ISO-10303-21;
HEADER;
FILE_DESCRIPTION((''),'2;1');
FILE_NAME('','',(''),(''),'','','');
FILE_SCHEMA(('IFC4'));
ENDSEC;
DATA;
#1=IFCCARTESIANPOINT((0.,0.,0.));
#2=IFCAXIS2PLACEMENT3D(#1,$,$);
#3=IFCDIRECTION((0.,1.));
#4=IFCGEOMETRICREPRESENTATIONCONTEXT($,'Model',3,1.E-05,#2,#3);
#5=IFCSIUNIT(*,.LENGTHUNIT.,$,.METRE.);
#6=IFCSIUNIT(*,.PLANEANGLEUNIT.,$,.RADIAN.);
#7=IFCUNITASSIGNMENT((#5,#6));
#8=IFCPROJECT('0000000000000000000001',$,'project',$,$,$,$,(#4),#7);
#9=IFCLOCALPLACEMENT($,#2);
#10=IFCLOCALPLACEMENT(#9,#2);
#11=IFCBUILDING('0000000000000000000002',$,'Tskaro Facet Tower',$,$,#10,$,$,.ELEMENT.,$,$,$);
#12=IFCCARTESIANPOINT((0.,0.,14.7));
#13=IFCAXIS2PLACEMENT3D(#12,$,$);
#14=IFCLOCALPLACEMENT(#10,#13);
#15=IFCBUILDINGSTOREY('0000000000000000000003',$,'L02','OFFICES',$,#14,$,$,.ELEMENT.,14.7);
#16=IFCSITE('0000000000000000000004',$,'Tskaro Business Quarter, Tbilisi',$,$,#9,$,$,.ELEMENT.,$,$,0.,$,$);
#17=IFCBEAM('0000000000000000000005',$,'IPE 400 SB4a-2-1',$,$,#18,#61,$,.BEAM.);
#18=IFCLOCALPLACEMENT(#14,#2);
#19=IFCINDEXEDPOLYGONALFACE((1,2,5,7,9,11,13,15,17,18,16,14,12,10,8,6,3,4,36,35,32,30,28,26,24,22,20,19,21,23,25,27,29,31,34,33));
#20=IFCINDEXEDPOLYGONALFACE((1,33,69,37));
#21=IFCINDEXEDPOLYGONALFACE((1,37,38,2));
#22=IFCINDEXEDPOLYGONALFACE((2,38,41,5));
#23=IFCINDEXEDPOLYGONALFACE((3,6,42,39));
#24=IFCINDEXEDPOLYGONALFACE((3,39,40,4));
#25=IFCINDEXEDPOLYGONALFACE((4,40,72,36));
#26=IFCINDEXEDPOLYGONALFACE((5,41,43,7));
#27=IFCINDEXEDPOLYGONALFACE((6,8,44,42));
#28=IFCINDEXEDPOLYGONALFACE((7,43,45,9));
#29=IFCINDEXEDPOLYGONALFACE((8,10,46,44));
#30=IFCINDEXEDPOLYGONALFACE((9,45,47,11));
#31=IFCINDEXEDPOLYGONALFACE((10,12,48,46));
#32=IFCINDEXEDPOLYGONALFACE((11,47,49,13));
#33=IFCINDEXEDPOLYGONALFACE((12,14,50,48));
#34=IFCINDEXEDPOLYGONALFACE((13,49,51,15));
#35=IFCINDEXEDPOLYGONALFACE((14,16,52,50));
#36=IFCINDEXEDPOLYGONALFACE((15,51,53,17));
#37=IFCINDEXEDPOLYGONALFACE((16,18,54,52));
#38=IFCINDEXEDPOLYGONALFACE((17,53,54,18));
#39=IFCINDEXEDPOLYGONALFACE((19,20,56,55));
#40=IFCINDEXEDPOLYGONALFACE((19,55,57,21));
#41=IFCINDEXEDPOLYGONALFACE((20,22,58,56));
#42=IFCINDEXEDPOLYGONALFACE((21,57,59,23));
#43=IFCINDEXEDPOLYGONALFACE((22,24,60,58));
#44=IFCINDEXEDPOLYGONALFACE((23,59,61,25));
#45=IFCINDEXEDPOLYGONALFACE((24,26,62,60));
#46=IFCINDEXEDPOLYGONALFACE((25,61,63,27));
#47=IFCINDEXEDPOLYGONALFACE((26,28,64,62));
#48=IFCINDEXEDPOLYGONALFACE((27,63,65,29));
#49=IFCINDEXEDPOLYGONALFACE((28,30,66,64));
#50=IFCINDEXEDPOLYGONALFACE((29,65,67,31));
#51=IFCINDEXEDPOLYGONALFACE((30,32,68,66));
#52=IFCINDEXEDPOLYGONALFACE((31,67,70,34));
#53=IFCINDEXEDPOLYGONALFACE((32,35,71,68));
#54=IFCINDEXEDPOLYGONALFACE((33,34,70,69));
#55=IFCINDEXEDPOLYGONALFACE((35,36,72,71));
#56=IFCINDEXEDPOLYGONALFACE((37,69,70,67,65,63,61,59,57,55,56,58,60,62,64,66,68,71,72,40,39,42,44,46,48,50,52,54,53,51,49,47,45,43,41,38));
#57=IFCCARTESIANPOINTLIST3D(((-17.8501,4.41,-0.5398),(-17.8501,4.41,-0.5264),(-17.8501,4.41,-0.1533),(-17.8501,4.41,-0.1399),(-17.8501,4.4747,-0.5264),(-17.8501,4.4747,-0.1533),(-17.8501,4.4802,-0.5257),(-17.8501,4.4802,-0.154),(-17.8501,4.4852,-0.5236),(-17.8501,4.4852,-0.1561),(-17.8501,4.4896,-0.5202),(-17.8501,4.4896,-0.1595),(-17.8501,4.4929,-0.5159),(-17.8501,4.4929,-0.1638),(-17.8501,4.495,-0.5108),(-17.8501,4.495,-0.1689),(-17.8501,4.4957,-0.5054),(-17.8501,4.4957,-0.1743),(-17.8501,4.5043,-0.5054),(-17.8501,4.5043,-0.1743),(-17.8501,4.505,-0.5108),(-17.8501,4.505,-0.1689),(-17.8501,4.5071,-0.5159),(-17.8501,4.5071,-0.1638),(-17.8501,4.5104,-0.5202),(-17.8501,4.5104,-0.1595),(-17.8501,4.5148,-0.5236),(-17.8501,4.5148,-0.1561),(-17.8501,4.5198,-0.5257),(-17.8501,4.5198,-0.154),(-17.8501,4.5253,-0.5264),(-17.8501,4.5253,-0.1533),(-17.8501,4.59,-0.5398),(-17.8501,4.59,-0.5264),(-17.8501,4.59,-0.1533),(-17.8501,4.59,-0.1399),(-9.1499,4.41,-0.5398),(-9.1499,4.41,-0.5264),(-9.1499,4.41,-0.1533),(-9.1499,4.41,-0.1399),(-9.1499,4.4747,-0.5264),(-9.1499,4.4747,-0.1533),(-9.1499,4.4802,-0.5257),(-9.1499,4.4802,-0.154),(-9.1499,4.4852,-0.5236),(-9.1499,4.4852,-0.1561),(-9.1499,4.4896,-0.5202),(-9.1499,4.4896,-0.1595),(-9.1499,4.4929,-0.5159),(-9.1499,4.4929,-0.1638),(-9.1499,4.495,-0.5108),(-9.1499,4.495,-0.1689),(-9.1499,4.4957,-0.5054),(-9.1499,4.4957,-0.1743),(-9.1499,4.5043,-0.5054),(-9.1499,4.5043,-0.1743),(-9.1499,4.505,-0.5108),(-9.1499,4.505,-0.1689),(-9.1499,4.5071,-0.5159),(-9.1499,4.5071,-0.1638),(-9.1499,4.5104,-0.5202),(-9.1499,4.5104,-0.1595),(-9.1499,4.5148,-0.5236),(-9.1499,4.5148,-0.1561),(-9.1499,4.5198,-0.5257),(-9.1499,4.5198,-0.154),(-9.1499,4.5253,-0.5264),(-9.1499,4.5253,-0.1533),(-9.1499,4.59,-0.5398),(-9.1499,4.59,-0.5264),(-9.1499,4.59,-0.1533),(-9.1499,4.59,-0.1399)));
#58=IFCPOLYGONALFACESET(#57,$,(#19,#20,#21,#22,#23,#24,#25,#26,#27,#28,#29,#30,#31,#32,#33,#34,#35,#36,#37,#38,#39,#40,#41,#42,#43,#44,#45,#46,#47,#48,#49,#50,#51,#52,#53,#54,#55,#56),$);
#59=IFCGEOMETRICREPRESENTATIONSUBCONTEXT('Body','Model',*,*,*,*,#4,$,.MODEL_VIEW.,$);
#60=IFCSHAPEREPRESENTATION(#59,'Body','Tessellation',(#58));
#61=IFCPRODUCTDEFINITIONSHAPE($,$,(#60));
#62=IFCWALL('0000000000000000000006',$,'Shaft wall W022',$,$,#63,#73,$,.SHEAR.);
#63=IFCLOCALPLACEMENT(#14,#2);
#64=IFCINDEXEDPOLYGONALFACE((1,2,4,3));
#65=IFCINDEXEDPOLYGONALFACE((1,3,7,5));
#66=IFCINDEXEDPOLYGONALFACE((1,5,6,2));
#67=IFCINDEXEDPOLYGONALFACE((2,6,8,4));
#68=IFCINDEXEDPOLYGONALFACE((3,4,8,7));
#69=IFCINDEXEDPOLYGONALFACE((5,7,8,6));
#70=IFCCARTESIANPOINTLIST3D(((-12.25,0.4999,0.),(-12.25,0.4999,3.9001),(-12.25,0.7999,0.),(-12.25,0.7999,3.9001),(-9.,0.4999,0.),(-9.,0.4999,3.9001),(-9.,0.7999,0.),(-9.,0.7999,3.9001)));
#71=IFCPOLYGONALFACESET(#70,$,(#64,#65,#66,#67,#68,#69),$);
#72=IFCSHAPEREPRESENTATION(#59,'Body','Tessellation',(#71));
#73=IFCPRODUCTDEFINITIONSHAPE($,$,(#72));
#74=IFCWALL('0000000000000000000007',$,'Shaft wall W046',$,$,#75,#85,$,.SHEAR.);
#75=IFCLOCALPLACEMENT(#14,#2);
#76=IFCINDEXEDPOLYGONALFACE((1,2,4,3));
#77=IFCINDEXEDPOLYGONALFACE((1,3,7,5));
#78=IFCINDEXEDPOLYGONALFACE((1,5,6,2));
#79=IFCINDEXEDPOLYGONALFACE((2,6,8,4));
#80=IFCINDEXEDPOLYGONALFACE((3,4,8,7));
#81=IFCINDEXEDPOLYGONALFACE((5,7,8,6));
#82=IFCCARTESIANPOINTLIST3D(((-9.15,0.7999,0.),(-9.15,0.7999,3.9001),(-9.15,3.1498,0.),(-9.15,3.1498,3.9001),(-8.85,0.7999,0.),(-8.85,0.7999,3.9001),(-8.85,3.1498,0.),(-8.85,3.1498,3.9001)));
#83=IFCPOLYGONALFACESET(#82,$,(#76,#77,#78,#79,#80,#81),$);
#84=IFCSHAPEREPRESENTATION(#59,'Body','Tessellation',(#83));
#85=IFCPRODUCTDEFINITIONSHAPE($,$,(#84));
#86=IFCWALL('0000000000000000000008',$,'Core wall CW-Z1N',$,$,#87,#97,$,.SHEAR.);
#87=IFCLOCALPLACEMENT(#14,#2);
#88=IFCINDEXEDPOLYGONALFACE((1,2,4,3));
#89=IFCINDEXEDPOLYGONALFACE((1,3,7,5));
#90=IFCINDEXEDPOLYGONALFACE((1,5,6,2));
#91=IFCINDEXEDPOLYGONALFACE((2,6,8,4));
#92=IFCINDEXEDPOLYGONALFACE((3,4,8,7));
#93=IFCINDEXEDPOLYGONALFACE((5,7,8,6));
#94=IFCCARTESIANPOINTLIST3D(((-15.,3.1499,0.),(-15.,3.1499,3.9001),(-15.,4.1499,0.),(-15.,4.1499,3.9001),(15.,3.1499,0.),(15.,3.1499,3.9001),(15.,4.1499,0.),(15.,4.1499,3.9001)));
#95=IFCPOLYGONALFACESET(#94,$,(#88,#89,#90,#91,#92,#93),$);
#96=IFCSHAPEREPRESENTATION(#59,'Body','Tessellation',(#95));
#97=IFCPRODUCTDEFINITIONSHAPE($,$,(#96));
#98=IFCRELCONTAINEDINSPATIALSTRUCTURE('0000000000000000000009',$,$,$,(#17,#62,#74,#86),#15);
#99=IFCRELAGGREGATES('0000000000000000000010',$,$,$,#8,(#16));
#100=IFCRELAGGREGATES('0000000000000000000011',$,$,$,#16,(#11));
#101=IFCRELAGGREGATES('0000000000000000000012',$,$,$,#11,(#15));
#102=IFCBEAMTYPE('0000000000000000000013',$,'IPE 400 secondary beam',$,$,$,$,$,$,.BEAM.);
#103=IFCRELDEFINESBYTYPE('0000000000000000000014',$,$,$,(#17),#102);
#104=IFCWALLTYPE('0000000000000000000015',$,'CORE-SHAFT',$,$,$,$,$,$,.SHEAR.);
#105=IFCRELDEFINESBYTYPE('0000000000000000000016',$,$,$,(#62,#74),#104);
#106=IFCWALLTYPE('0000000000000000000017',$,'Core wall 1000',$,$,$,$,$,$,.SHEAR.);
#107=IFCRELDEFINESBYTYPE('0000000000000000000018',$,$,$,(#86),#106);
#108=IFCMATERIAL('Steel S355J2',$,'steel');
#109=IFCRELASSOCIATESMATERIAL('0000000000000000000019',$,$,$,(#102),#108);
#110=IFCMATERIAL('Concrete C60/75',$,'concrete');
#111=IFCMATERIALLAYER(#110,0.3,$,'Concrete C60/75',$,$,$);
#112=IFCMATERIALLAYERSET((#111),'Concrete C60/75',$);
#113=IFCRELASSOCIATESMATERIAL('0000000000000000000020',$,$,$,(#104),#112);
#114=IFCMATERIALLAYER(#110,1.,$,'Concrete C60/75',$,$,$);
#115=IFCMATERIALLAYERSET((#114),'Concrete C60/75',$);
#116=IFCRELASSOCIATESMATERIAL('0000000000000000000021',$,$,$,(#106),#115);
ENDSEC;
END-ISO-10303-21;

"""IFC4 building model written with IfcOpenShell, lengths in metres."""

from ifc_helpers import new_model, si_unit, direction, frame, frame_2d, origin, origin_2d, place, context, subcontext, project, spatial, rectangle, i_section, extrude, material, layer, layer_set, material_profile, profile_set, type_object, element, save


model = new_model("IFC4")

# Units and contexts
model_context = context("Model", 3, precision=1e-05, world=origin(), true_north=direction((0.0, 1.0)))
body_context = subcontext(model_context, "Body", "Model", "MODEL_VIEW")
ifc_project = project(units=[si_unit("LENGTHUNIT", "METRE"), si_unit("PLANEANGLEUNIT", "RADIAN")], contexts=[model_context])

# Site, building, storey
site_placement = place(None, origin())
site = spatial("IfcSite", under=ifc_project, at=site_placement, Name="Tskaro Business Quarter, Tbilisi", CompositionType="ELEMENT", RefElevation=0.0)
building_placement = place(site_placement, origin())
building = spatial("IfcBuilding", under=site, at=building_placement, Name="Tskaro Facet Tower", CompositionType="ELEMENT")
storey_placement = place(building_placement, frame((0.0, 0.0, 14.7)))
storey = spatial("IfcBuildingStorey", under=building, at=storey_placement, Name="L02", Description="OFFICES", CompositionType="ELEMENT", Elevation=14.7)

# Beam
ifc_material_1 = material(Name="Steel S355J2", Category="steel")
ifc_material_profile_1 = material_profile(ifc_material_1, i_section(OverallWidth=0.1799, OverallDepth=0.3999, WebThickness=0.0085, FlangeThickness=0.0134, FilletRadius=0.021, at=origin_2d()), Name="IPE 400")
ifc_profile_set_1 = profile_set([ifc_material_profile_1], Name="Steel S355J2")
beam_type_1 = type_object("IfcBeamType", Name="IPE 400 secondary beam", PredefinedType="BEAM", material=ifc_profile_set_1)
beam_1_placement = place(storey_placement, frame((-17.8501, 4.5, -0.3398), z_axis=(1.0, 0.0, 0.0), x_axis=(0.0, 1.0, 0.0)))
element("IfcBeam", 1, at=beam_1_placement, inside=storey, type_object=beam_type_1, Name="IPE 400 SB4a-2-1", PredefinedType="BEAM", context=body_context, shape_type="SweptSolid", body=[
    extrude(i_section(OverallWidth=0.1799, OverallDepth=0.3999, WebThickness=0.0085, FlangeThickness=0.0134, FilletRadius=0.021, at=origin_2d()), origin(), (0.0, 0.0, 1.0), 8.7002),
])

# Walls
ifc_material_2 = material(Name="Concrete C60/75", Category="concrete")
ifc_layer_1 = layer(ifc_material_2, 0.3, Name="Concrete C60/75")
ifc_layer_set_1 = layer_set([ifc_layer_1], Name="Concrete C60/75")
wall_type_1 = type_object("IfcWallType", Name="CORE-SHAFT", PredefinedType="SHEAR", material=ifc_layer_set_1)
wall_1_placement = place(storey_placement, frame((-9.0, 0.6499, 0.0), z_axis=(0.0, 0.0, 1.0), x_axis=(-1.0, 0.0, 0.0)))
element("IfcWall", 2, at=wall_1_placement, inside=storey, type_object=wall_type_1, Name="Shaft wall W022", PredefinedType="SHEAR", context=body_context, shape_type="SweptSolid", body=[
    extrude(rectangle(XDim=3.25, YDim=0.3, at=frame_2d((1.625, 0.0))), origin(), (0.0, 0.0, 1.0), 3.9001),
])
wall_2_placement = place(storey_placement, frame((-9.0, 0.8, 0.0), z_axis=(0.0, 0.0, 1.0), x_axis=(0.0, 1.0, 0.0)))
element("IfcWall", 3, at=wall_2_placement, inside=storey, type_object=wall_type_1, Name="Shaft wall W046", PredefinedType="SHEAR", context=body_context, shape_type="SweptSolid", body=[
    extrude(rectangle(XDim=2.3499, YDim=0.3, at=frame_2d((1.1748, 0.0))), origin(), (0.0, 0.0, 1.0), 3.9001),
])
ifc_layer_2 = layer(ifc_material_2, 1.0, Name="Concrete C60/75")
ifc_layer_set_2 = layer_set([ifc_layer_2], Name="Concrete C60/75")
wall_type_2 = type_object("IfcWallType", Name="Core wall 1000", PredefinedType="SHEAR", material=ifc_layer_set_2)
wall_3_placement = place(storey_placement, frame((-15.0, 3.6499, 0.0), z_axis=(0.0, 0.0, 1.0), x_axis=(1.0, 0.0, 0.0)))
element("IfcWall", 4, at=wall_3_placement, inside=storey, type_object=wall_type_2, Name="Core wall CW-Z1N", PredefinedType="SHEAR", context=body_context, shape_type="SweptSolid", body=[
    extrude(rectangle(XDim=30.0, YDim=1.0, at=frame_2d((15.0, 0.0))), origin(), (0.0, 0.0, 1.0), 3.9001),
])

save(model, "model.ifc")
